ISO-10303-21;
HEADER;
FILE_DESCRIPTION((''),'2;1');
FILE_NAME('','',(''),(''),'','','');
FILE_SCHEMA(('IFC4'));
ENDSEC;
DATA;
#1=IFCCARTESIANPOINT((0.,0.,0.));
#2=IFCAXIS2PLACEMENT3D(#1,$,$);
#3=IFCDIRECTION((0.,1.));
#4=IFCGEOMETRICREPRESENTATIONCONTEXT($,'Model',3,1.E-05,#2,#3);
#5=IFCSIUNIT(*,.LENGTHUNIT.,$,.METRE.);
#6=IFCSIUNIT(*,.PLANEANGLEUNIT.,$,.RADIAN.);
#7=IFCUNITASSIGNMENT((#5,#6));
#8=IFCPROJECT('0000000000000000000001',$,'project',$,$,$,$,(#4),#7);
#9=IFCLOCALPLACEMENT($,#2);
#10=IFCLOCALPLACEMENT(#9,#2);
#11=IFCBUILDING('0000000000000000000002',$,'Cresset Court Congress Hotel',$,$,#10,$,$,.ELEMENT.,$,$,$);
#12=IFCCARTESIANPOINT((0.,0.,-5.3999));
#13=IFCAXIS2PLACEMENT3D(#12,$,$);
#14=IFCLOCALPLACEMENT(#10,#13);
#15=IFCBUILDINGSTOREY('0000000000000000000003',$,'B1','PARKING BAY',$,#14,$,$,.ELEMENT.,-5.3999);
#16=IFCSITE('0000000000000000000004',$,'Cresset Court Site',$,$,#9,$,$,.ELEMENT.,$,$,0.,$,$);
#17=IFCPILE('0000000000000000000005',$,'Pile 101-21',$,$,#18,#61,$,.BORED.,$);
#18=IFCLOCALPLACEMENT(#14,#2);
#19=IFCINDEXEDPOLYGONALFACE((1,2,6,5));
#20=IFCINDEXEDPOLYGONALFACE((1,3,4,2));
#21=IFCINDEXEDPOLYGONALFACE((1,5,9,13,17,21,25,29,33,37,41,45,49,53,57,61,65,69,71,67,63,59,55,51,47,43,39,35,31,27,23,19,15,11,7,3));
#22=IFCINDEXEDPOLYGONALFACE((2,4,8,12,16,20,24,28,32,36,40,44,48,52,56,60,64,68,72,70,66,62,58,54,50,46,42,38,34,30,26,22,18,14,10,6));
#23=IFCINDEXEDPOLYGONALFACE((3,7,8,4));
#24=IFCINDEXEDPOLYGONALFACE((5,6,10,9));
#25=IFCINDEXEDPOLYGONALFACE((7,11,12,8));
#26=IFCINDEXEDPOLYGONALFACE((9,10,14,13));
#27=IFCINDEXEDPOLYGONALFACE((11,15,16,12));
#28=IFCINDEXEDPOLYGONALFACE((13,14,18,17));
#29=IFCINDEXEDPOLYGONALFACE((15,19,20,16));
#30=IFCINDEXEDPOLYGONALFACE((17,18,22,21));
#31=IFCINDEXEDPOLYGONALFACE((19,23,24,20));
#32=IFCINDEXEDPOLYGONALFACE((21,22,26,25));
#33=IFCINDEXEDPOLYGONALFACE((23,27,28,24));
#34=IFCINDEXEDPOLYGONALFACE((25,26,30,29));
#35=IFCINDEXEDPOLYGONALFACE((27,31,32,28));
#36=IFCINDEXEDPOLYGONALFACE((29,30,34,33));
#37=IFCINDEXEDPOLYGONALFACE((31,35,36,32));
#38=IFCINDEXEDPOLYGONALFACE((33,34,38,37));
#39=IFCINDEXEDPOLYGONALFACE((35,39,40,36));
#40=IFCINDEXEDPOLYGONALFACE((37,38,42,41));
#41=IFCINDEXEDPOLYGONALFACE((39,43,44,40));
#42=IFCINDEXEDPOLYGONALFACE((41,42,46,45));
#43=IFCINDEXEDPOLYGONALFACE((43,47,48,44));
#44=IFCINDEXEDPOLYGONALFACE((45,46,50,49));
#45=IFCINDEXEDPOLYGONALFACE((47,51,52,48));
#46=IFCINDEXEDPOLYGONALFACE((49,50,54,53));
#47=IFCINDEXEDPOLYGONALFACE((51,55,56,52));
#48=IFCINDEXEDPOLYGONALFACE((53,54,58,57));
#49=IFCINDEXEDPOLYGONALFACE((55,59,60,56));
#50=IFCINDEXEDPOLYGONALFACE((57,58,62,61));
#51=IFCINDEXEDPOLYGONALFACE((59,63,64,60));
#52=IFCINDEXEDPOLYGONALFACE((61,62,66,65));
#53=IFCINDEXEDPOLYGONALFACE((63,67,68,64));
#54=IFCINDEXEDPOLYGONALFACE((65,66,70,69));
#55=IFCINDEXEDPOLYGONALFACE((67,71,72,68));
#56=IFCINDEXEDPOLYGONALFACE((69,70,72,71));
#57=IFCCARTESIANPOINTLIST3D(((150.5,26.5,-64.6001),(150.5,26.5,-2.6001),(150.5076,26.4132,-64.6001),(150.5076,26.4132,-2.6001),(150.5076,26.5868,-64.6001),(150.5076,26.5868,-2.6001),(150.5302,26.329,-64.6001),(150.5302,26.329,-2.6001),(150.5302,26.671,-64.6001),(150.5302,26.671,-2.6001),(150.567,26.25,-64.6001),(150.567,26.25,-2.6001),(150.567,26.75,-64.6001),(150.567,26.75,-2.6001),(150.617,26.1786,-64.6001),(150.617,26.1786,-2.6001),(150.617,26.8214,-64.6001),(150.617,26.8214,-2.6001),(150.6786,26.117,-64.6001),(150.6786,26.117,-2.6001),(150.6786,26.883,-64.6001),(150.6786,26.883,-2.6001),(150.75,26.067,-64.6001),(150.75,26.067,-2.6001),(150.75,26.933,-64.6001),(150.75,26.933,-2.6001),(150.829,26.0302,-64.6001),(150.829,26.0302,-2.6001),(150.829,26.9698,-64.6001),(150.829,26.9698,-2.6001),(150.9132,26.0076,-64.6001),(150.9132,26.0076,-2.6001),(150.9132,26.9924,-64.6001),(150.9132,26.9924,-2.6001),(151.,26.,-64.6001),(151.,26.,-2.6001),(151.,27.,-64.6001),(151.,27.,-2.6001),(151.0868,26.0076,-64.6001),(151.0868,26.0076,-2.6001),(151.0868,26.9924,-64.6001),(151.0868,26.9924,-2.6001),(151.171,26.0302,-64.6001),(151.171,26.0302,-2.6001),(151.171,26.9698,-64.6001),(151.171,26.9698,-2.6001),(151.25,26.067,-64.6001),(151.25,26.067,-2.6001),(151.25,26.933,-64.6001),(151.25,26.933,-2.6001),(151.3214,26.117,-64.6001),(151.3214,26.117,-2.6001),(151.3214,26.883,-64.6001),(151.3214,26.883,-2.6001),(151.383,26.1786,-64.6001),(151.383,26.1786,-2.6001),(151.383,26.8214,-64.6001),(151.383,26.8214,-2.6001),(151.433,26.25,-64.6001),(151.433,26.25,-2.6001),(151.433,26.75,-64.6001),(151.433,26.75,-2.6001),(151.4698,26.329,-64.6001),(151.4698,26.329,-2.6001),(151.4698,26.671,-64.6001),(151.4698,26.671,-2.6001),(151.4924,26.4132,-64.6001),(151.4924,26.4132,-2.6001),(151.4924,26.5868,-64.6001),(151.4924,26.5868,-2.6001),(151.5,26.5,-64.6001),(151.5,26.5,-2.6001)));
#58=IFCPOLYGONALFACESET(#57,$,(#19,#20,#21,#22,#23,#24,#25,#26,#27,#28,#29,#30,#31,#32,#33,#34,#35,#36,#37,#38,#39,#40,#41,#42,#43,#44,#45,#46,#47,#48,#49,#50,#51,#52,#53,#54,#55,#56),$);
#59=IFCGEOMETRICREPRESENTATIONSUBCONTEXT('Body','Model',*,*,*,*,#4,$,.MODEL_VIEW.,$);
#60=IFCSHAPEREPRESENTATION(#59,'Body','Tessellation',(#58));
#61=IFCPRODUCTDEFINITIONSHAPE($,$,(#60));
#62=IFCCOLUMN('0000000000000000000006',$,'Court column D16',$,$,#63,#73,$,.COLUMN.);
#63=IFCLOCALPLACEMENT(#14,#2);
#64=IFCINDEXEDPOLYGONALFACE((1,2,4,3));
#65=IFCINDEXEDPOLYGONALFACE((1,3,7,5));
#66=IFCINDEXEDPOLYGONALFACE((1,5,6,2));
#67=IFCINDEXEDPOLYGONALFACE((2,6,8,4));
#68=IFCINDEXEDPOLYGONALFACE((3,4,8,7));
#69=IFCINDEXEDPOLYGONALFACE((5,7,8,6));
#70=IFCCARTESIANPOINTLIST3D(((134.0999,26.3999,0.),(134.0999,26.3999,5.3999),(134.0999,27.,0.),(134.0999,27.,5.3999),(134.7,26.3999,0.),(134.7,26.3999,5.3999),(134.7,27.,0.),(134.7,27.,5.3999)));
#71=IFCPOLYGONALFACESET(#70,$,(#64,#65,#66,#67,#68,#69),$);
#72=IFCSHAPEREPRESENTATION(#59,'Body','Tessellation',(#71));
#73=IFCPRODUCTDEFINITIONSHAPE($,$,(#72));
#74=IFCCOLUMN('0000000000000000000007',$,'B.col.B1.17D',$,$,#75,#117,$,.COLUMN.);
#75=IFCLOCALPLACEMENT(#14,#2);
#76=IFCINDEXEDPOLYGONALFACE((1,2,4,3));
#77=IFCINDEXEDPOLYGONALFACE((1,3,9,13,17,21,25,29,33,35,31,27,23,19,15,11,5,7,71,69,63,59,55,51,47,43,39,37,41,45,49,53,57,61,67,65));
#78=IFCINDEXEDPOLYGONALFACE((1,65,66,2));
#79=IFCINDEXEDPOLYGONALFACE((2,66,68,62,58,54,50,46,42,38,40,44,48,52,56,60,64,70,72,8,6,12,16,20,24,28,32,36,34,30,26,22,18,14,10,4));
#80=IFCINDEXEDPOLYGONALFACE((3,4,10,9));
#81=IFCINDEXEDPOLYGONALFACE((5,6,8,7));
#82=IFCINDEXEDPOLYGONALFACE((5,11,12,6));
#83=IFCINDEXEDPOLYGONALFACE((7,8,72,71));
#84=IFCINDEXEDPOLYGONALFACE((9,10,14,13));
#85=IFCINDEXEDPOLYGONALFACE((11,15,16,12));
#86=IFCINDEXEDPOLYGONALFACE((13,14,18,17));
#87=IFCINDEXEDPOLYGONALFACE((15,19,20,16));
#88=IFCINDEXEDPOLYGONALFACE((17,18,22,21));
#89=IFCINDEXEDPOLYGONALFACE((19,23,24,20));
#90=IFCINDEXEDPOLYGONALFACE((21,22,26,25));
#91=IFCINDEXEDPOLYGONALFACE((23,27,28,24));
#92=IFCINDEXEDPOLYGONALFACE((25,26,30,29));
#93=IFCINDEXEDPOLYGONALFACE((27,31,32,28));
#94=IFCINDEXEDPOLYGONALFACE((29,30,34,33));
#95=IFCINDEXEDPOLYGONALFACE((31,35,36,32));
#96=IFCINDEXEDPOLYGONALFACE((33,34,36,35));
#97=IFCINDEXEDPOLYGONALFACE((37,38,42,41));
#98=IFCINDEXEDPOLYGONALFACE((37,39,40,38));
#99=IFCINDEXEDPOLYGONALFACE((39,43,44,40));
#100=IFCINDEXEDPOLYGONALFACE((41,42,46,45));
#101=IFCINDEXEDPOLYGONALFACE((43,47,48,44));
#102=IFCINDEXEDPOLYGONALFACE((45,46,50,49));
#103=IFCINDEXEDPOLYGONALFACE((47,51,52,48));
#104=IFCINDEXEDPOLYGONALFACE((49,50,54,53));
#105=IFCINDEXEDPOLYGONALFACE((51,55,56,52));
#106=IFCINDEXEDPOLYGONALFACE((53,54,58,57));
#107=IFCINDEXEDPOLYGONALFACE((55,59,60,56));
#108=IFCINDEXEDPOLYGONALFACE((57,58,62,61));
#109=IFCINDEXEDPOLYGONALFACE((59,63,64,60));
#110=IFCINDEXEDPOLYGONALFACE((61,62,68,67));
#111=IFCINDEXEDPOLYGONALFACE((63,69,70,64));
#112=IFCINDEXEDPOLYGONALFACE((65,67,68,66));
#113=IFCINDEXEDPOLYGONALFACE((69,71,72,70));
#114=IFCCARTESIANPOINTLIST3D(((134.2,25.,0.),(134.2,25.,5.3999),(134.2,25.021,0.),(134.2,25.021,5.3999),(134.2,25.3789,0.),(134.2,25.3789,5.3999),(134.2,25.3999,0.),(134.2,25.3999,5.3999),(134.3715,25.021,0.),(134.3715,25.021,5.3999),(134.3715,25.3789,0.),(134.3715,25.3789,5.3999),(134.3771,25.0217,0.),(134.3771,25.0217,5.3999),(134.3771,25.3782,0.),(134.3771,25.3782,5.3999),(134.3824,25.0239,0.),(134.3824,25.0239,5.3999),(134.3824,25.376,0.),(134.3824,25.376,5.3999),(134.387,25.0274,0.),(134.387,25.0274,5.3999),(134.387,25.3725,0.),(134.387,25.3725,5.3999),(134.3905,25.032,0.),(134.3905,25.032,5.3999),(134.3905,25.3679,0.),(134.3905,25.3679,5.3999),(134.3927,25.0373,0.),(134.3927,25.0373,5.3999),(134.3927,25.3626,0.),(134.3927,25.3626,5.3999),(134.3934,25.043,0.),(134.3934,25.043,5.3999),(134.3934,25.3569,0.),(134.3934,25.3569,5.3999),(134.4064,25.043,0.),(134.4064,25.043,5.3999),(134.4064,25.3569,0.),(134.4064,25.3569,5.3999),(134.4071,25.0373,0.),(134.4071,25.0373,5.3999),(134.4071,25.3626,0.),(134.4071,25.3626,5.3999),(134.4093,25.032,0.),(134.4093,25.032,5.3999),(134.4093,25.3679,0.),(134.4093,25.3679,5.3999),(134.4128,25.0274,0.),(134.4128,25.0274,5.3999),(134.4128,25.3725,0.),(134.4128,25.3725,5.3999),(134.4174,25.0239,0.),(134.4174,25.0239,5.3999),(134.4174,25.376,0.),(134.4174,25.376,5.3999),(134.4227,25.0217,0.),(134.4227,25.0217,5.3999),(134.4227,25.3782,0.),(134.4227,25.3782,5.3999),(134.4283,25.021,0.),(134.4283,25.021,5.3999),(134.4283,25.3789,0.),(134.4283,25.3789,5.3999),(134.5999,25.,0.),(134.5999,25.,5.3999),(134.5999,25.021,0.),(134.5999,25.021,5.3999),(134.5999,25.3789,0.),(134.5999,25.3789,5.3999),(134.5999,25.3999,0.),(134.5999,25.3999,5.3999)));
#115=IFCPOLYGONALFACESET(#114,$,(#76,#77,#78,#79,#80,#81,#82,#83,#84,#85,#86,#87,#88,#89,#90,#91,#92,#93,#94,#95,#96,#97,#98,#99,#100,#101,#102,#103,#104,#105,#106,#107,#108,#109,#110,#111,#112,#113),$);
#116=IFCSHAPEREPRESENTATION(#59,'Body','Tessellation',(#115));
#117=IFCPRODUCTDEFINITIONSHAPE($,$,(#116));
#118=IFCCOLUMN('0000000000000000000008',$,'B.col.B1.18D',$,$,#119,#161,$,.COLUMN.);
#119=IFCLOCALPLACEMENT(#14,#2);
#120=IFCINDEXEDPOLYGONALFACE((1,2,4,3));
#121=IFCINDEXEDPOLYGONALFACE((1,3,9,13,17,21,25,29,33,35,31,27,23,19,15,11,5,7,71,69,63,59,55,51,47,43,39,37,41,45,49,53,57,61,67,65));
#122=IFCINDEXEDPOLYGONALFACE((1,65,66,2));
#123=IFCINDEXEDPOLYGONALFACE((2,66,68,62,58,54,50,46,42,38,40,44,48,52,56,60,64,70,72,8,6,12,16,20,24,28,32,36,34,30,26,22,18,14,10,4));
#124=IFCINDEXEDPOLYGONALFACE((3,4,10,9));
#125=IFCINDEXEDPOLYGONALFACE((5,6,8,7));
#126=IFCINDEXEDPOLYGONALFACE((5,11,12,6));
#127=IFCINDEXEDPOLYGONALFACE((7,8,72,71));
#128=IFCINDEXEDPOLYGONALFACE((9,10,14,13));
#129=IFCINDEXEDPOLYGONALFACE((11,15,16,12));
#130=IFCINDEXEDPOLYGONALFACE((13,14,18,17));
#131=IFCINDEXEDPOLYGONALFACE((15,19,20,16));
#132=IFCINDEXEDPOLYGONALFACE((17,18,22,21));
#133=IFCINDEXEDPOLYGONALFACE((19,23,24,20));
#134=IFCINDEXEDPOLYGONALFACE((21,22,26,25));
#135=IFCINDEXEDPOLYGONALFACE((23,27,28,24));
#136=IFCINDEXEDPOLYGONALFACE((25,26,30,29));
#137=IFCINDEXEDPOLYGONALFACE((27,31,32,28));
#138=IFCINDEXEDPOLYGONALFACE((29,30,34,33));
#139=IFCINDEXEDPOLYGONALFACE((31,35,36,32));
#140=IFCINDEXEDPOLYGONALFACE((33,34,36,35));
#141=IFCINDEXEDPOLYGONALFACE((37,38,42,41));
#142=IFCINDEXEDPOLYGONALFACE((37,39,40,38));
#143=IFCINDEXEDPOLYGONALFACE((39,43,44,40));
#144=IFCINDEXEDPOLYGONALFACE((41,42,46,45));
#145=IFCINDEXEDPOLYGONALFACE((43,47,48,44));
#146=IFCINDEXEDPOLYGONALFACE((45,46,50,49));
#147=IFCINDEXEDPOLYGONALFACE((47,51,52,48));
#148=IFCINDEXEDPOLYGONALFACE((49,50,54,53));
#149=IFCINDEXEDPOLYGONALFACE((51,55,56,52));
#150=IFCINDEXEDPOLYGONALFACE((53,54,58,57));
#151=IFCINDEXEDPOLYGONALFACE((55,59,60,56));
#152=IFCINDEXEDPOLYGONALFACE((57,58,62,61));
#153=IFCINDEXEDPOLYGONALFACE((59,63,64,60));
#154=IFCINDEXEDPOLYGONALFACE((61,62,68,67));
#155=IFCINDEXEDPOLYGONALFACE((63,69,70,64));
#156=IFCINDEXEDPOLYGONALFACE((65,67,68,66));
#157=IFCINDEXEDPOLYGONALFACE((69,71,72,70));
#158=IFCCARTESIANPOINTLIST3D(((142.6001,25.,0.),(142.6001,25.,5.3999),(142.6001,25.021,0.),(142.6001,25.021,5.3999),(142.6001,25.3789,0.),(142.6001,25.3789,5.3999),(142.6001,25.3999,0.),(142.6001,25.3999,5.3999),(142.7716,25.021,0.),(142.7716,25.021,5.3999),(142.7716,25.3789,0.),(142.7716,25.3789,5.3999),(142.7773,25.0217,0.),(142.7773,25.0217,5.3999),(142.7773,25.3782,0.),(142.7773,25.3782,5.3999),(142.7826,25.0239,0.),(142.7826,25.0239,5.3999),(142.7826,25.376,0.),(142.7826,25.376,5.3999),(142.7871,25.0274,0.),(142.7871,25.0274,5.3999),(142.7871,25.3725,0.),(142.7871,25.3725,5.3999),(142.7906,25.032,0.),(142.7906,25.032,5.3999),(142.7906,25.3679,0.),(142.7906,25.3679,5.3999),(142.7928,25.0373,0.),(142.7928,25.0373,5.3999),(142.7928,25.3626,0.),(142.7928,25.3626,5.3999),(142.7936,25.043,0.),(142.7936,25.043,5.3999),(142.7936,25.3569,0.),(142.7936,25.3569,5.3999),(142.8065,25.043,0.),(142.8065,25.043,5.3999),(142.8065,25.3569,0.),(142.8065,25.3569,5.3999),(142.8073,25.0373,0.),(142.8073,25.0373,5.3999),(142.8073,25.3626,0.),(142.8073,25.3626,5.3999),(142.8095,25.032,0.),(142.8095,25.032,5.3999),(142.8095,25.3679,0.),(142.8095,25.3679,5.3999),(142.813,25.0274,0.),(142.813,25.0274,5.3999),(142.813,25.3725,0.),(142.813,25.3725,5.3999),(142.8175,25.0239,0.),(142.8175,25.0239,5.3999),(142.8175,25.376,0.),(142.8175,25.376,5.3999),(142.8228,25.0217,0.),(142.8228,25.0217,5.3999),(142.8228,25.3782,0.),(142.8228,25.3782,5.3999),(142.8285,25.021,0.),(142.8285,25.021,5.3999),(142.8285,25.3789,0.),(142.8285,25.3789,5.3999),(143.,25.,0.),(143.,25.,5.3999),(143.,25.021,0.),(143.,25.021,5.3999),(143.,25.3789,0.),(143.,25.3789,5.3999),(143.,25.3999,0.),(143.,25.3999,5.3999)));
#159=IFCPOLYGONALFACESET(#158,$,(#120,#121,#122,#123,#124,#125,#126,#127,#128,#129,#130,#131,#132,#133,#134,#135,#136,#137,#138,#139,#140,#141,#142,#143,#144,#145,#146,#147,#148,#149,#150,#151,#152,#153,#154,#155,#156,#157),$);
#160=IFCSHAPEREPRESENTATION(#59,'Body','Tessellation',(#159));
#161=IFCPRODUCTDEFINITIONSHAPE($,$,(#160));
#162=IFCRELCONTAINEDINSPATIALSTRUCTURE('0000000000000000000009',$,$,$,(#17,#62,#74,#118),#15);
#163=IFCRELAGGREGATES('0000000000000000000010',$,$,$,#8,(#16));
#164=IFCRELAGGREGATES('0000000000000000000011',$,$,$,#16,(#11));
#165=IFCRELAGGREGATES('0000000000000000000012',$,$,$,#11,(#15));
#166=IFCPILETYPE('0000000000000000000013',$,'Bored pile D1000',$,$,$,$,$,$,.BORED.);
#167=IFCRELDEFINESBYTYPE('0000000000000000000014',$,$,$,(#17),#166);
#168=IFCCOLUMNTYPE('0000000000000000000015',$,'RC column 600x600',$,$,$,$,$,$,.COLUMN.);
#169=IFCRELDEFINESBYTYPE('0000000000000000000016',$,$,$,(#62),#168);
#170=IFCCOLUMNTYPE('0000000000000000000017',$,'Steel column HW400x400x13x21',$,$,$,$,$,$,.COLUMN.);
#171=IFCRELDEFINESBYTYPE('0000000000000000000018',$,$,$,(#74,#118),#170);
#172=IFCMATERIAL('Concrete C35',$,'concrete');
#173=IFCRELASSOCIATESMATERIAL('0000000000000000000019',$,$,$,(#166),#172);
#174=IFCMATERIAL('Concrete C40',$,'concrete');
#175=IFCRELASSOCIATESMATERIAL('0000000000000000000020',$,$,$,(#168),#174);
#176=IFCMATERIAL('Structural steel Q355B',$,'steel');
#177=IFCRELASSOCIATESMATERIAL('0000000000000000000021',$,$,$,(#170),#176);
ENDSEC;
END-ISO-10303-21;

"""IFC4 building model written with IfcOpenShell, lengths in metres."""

from ifc_helpers import new_model, si_unit, direction, frame, origin, origin_2d, place, context, subcontext, project, spatial, rectangle, circle, i_section, extrude, material, material_profile, profile_set, type_object, element, save


model = new_model("IFC4")

# Units and contexts
model_context = context("Model", 3, precision=1e-05, world=origin(), true_north=direction((0.0, 1.0)))
body_context = subcontext(model_context, "Body", "Model", "MODEL_VIEW")
ifc_project = project(units=[si_unit("LENGTHUNIT", "METRE"), si_unit("PLANEANGLEUNIT", "RADIAN")], contexts=[model_context])

# Site, building, storey
site_placement = place(None, origin())
site = spatial("IfcSite", under=ifc_project, at=site_placement, Name="Cresset Court Site", CompositionType="ELEMENT", RefElevation=0.0)
building_placement = place(site_placement, origin())
building = spatial("IfcBuilding", under=site, at=building_placement, Name="Cresset Court Congress Hotel", CompositionType="ELEMENT")
storey_placement = place(building_placement, frame((0.0, 0.0, -5.3999)))
storey = spatial("IfcBuildingStorey", under=building, at=storey_placement, Name="B1", Description="PARKING BAY", CompositionType="ELEMENT", Elevation=-5.3999)

# Pile
ifc_material_1 = material(Name="Concrete C35", Category="concrete")
pile_type = type_object("IfcPileType", Name="Bored pile D1000", PredefinedType="BORED", material=ifc_material_1)
for number, where, z_axis, x_axis, name in (
    (1, (151.0, 26.5, -2.6001), (0.0, 0.0, -1.0), (1.0, 0.0, 0.0), "Pile 101-21"),
):
    element("IfcPile", number, at=place(storey_placement, frame(where, z_axis=z_axis, x_axis=x_axis)), inside=storey, type_object=pile_type, Name=name, PredefinedType="BORED", context=body_context, shape_type="SweptSolid", body=[
        extrude(circle(Radius=0.5, at=origin_2d()), origin(), (0.0, 0.0, 1.0), 62.0),
    ])

# Columns
ifc_material_2 = material(Name="Concrete C40", Category="concrete")
ifc_material_profile_1 = material_profile(ifc_material_2, rectangle(XDim=0.6001, YDim=0.6001, at=origin_2d()), Name="RC600x600")
ifc_profile_set_1 = profile_set([ifc_material_profile_1], Name="Concrete C40")
column_type_1 = type_object("IfcColumnType", Name="RC column 600x600", PredefinedType="COLUMN", material=ifc_profile_set_1)
column_placement = place(storey_placement, frame((134.3999, 26.7, 0.0), z_axis=(0.0, 0.0, 1.0), x_axis=(1.0, 0.0, 0.0)))
element("IfcColumn", 2, at=column_placement, inside=storey, type_object=column_type_1, Name="Court column D16", PredefinedType="COLUMN", context=body_context, shape_type="SweptSolid", body=[
    extrude(rectangle(XDim=0.6001, YDim=0.6001, at=origin_2d()), origin(), (0.0, 0.0, 1.0), 5.3999),
])
ifc_material_3 = material(Name="Structural steel Q355B", Category="steel")
ifc_material_profile_2 = material_profile(ifc_material_3, i_section(OverallWidth=0.3999, OverallDepth=0.3999, WebThickness=0.0129, FlangeThickness=0.021, FilletRadius=0.022, at=origin_2d()), Name="HW400x400x13x21")
ifc_profile_set_2 = profile_set([ifc_material_profile_2], Name="Structural steel Q355B")
column_type_2 = type_object("IfcColumnType", Name="Steel column HW400x400x13x21", PredefinedType="COLUMN", material=ifc_profile_set_2)
for number, where, z_axis, x_axis, name in (
    (3, (134.3999, 25.2, 0.0), (0.0, 0.0, 1.0), (1.0, 0.0, 0.0), "B.col.B1.17D"),
    (4, (142.8, 25.2, 0.0), (0.0, 0.0, 1.0), (1.0, 0.0, 0.0), "B.col.B1.18D"),
):
    element("IfcColumn", number, at=place(storey_placement, frame(where, z_axis=z_axis, x_axis=x_axis)), inside=storey, type_object=column_type_2, Name=name, PredefinedType="COLUMN", context=body_context, shape_type="SweptSolid", body=[
        extrude(i_section(OverallWidth=0.3999, OverallDepth=0.3999, WebThickness=0.0129, FlangeThickness=0.021, FilletRadius=0.022, at=origin_2d()), origin(), (0.0, 0.0, 1.0), 5.3999),
    ])

save(model, "model.ifc")
